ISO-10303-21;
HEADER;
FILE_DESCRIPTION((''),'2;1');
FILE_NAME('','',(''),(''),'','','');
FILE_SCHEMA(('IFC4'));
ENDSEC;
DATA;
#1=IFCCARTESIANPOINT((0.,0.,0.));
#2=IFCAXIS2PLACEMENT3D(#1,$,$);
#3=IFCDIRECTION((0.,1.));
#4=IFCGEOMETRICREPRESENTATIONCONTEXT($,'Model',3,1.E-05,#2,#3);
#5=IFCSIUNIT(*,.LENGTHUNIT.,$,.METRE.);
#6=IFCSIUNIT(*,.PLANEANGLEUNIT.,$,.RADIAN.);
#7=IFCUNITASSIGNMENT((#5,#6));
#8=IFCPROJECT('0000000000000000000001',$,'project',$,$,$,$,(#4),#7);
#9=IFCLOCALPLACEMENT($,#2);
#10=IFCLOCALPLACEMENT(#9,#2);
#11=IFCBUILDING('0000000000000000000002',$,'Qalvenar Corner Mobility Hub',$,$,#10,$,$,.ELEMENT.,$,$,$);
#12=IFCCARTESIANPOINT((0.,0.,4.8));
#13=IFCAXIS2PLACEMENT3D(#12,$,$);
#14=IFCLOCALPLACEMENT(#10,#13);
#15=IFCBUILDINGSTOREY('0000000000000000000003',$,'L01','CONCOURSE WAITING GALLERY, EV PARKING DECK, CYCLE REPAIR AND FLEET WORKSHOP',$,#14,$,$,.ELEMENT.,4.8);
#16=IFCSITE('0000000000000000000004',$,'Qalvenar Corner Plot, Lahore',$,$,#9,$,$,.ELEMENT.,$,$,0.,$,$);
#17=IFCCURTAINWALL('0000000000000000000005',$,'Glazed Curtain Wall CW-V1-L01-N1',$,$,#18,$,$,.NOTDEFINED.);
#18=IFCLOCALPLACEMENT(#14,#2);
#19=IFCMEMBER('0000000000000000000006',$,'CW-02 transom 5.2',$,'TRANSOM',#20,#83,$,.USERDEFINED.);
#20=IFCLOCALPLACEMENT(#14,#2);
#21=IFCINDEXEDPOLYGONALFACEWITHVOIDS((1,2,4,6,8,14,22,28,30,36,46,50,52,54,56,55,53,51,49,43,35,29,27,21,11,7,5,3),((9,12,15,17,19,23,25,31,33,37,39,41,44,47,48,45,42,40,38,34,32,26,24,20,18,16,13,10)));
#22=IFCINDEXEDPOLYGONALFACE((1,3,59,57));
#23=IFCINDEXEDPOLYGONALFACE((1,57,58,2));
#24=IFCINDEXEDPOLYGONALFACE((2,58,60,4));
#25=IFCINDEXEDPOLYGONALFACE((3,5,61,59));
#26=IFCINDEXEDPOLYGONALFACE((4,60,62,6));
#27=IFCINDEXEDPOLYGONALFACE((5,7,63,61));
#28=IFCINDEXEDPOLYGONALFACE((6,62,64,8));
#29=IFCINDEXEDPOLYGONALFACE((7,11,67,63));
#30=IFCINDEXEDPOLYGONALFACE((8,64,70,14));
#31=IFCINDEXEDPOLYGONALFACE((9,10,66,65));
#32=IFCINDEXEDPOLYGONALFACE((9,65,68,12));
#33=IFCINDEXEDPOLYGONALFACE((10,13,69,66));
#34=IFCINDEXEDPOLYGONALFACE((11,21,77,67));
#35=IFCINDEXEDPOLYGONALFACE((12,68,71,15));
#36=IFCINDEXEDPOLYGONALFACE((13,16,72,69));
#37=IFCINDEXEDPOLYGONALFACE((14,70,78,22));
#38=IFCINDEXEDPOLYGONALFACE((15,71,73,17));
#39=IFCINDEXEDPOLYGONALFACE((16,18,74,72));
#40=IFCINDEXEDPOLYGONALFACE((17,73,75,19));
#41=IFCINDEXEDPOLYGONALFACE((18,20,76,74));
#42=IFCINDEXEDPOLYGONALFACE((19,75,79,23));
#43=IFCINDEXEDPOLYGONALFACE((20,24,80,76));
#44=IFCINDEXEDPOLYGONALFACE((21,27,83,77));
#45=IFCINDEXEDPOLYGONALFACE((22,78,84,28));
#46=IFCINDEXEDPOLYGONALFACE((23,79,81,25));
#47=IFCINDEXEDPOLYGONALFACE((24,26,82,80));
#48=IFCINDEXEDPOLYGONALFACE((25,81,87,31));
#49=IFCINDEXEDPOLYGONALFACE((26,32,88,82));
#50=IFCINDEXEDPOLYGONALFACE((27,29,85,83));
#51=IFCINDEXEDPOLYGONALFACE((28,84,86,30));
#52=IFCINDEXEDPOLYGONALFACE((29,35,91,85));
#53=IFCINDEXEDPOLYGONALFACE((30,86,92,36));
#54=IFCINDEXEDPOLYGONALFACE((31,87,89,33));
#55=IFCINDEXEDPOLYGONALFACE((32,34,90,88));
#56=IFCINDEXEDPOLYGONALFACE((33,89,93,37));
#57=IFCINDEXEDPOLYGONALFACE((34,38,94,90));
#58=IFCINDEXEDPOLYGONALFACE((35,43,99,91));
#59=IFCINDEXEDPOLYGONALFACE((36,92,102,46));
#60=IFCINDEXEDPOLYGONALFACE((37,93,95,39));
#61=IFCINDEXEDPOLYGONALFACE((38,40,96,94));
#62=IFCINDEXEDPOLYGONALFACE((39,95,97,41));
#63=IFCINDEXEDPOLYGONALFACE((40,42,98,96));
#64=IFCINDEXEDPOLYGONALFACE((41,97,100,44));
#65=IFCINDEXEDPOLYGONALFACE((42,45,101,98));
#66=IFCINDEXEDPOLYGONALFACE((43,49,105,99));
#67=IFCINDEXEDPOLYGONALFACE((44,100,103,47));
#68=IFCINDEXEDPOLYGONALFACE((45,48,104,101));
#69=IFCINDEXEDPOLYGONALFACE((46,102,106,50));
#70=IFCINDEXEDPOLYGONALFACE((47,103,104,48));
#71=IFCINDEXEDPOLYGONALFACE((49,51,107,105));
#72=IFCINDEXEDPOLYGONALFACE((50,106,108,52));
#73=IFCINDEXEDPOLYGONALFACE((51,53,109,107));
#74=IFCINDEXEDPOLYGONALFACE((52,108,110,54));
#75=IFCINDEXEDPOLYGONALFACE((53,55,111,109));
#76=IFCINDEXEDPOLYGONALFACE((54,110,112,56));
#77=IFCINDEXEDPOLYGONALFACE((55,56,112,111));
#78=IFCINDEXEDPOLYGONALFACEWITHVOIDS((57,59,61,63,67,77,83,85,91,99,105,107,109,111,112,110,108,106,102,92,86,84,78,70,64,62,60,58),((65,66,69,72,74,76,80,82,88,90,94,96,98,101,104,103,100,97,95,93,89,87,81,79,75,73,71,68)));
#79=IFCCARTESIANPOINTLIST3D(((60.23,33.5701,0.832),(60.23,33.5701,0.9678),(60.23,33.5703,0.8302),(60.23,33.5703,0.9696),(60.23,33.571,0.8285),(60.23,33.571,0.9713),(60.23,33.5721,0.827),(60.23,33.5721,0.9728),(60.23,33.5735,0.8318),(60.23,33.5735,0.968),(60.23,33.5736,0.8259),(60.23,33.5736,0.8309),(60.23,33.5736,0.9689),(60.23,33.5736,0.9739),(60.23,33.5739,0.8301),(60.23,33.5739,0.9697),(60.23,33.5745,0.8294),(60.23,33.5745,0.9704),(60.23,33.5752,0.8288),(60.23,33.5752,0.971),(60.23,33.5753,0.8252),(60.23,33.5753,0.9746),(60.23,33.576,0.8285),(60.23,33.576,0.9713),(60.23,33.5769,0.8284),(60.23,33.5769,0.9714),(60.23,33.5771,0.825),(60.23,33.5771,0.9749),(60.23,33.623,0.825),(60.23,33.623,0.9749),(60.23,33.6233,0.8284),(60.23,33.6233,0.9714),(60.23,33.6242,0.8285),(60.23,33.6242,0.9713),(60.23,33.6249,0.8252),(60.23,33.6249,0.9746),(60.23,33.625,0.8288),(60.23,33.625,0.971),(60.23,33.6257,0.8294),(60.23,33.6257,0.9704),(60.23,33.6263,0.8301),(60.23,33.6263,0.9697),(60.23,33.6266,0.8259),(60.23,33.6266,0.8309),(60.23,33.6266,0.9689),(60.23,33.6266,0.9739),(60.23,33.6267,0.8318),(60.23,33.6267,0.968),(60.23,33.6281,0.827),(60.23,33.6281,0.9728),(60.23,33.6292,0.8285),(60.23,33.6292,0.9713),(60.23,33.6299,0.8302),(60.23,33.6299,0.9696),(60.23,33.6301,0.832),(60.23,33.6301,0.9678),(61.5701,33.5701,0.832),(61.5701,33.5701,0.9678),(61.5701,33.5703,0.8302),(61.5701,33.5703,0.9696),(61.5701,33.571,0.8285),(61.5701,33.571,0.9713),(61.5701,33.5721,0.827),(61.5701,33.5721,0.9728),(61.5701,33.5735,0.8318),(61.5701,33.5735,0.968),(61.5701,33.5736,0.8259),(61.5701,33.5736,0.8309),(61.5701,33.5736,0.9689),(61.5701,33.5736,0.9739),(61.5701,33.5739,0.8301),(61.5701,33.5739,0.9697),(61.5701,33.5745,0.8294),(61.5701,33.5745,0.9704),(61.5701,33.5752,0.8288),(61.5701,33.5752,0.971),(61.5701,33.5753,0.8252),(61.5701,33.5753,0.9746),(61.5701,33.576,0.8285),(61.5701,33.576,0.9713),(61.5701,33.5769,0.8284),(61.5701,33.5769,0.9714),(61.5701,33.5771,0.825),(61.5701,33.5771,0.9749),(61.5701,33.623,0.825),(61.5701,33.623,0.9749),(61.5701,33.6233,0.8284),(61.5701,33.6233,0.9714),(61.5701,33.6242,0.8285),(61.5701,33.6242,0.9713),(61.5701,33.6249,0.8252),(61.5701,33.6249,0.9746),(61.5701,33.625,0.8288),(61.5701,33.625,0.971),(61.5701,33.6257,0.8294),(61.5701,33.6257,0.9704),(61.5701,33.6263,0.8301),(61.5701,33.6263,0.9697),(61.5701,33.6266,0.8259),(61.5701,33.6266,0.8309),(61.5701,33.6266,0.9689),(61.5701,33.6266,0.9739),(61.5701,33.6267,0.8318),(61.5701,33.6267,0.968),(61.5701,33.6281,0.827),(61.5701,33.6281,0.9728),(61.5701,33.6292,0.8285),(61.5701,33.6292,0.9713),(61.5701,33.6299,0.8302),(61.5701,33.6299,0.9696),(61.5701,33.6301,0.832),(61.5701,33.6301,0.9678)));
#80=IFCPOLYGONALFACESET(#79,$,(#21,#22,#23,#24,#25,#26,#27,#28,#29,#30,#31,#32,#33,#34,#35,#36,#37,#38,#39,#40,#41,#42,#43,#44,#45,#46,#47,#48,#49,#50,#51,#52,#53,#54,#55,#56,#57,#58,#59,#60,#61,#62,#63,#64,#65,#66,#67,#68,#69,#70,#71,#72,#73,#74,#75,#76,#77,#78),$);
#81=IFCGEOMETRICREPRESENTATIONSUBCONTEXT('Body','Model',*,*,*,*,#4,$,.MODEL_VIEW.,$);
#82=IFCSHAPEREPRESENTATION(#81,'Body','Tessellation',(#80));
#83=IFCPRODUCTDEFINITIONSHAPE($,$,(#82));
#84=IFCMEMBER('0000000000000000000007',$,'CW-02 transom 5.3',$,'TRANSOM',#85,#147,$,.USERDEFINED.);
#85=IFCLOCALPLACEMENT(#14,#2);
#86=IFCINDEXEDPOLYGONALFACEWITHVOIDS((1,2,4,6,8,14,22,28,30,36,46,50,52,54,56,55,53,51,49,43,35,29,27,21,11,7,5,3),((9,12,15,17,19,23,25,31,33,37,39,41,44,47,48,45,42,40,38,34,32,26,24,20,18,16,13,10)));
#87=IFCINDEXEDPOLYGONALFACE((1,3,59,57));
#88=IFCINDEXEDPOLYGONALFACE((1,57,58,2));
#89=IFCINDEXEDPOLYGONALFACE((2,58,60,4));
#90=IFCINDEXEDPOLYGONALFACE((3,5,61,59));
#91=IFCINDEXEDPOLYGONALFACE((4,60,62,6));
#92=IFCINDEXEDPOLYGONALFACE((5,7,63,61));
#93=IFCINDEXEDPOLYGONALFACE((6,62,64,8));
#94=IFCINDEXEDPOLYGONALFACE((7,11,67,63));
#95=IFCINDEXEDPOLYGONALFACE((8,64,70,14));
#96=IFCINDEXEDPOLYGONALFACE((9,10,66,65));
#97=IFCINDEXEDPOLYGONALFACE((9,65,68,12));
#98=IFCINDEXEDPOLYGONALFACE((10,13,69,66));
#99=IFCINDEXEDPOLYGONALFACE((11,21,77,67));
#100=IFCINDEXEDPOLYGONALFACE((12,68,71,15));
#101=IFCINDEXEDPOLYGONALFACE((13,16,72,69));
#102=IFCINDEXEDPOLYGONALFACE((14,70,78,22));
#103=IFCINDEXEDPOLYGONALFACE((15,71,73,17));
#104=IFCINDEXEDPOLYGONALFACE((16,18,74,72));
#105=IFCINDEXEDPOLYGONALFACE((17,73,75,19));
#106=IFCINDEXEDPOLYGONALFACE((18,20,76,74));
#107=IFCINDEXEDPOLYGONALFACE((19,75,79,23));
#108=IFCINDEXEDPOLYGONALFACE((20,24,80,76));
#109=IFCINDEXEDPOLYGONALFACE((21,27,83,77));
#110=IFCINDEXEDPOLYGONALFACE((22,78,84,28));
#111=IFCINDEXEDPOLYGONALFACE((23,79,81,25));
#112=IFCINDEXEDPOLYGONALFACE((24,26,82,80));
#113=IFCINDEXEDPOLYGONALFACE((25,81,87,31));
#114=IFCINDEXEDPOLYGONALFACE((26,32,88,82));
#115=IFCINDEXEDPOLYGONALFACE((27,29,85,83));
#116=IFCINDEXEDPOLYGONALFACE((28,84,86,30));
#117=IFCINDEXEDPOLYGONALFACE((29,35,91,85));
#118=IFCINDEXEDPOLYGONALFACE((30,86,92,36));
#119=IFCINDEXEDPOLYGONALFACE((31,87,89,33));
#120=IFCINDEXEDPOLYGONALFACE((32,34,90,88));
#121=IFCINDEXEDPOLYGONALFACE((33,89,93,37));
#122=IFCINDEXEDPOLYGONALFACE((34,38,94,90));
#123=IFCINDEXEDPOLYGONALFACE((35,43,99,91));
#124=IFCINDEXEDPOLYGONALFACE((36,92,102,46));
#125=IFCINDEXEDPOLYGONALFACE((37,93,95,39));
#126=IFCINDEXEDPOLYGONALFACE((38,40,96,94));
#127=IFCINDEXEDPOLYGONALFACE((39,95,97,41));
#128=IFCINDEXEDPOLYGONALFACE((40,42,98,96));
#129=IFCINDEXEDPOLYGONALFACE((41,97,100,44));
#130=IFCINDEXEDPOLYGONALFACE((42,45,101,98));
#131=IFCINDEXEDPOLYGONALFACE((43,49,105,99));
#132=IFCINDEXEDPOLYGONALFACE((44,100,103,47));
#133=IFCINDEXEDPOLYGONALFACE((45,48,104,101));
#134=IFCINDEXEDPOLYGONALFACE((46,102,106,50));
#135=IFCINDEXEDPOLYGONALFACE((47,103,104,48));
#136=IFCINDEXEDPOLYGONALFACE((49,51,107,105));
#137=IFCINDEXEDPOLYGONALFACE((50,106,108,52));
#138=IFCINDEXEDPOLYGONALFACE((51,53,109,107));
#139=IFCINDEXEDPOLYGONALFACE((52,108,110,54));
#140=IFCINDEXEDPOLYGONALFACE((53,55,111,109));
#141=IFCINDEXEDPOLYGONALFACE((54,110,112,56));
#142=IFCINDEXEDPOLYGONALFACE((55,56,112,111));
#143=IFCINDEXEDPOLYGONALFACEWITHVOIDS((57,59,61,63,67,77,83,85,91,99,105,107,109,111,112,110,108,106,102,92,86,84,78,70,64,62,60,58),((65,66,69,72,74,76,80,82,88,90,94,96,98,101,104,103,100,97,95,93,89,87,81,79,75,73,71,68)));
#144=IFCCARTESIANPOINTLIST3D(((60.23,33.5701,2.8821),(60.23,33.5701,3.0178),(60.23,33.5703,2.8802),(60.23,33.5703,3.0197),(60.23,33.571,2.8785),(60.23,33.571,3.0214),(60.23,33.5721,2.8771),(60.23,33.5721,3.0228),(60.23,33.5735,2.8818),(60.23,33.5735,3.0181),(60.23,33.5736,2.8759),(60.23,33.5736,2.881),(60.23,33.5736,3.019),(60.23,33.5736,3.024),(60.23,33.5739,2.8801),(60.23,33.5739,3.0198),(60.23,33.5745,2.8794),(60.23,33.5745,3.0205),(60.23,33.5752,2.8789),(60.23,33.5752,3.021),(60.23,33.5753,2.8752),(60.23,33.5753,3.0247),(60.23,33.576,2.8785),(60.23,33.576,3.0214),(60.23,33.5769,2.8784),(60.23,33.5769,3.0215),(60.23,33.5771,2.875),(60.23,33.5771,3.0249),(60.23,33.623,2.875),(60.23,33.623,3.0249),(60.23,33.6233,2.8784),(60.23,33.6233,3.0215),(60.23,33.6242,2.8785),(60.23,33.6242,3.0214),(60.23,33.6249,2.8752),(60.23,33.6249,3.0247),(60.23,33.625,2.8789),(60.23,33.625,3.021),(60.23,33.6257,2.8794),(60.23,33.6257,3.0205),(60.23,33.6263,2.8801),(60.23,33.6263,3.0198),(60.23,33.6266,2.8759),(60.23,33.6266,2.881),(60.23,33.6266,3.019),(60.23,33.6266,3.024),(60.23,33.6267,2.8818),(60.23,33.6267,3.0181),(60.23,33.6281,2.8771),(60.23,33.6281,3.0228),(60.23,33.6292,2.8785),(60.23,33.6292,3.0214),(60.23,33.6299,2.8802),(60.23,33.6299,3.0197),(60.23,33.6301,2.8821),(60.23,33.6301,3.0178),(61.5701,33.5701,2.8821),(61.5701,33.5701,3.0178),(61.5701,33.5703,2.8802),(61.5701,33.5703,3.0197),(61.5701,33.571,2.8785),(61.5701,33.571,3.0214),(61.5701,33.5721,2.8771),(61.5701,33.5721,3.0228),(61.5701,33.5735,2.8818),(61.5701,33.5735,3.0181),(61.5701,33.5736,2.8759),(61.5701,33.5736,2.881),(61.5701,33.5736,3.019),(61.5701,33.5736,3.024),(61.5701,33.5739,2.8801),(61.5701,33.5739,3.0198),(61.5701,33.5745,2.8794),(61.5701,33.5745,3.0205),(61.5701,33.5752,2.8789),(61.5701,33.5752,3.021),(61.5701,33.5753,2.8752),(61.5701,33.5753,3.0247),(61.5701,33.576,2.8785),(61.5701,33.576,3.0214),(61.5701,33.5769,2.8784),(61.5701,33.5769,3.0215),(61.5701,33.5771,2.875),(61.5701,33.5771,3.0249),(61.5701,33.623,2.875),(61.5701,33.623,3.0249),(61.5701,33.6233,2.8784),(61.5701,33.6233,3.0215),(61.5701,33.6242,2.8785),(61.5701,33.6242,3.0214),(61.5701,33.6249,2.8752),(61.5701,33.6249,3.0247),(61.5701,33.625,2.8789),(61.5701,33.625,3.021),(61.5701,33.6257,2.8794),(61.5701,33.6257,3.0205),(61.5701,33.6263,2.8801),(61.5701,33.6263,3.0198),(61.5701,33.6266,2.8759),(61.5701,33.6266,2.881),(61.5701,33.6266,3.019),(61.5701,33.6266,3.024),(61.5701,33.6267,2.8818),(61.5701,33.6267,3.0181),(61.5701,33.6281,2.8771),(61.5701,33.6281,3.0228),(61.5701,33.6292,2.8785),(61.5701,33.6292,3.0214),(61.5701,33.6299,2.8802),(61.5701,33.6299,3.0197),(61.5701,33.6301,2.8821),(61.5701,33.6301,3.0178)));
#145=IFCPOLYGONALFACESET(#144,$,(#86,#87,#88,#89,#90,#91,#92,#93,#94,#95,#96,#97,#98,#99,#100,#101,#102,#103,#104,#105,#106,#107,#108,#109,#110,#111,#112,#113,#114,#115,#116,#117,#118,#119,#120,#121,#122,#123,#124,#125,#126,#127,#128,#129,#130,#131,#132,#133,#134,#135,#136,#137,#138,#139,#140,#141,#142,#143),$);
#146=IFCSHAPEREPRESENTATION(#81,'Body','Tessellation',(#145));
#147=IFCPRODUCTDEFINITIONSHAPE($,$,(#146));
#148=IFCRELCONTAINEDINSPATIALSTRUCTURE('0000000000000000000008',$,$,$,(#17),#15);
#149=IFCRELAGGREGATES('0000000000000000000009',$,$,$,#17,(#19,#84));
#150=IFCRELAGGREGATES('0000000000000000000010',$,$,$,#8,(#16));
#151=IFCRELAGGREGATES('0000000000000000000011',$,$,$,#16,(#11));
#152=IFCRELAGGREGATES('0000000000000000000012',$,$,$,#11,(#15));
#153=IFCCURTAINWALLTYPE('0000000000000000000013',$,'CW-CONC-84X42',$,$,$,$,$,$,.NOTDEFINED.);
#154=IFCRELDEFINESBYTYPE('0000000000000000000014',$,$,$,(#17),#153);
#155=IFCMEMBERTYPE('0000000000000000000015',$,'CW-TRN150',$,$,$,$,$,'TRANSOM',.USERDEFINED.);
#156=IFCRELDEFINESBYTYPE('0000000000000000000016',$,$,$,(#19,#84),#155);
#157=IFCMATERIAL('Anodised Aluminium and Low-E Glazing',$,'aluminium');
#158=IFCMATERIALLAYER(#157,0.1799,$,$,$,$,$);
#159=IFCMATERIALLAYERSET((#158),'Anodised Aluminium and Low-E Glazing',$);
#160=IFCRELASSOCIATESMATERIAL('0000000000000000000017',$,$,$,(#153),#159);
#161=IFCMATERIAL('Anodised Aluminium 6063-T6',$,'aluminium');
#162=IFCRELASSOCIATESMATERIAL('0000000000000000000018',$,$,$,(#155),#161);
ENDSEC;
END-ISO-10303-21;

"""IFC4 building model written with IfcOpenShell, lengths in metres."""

from ifc_helpers import new_model, si_unit, direction, frame, origin, origin_2d, place, context, subcontext, project, spatial, hollow_rectangle, extrude, material, layer, layer_set, material_profile, profile_set, type_object, element, aggregate, save


model = new_model("IFC4")

# Units and contexts
model_context = context("Model", 3, precision=1e-05, world=origin(), true_north=direction((0.0, 1.0)))
body_context = subcontext(model_context, "Body", "Model", "MODEL_VIEW")
ifc_project = project(units=[si_unit("LENGTHUNIT", "METRE"), si_unit("PLANEANGLEUNIT", "RADIAN")], contexts=[model_context])

# Site, building, storey
site_placement = place(None, origin())
site = spatial("IfcSite", under=ifc_project, at=site_placement, Name="Qalvenar Corner Plot, Lahore", CompositionType="ELEMENT", RefElevation=0.0)
building_placement = place(site_placement, origin())
building = spatial("IfcBuilding", under=site, at=building_placement, Name="Qalvenar Corner Mobility Hub", CompositionType="ELEMENT")
storey_placement = place(building_placement, frame((0.0, 0.0, 4.8)))
storey = spatial("IfcBuildingStorey", under=building, at=storey_placement, Name="L01", Description="CONCOURSE WAITING GALLERY, EV PARKING DECK, CYCLE REPAIR AND FLEET WORKSHOP", CompositionType="ELEMENT", Elevation=4.8)

# Curtain wall, members
ifc_material_1 = material(Name="Anodised Aluminium and Low-E Glazing", Category="aluminium")
ifc_layer_1 = layer(ifc_material_1, 0.1799)
ifc_layer_set_1 = layer_set([ifc_layer_1], Name="Anodised Aluminium and Low-E Glazing")
curtain_wall_type = type_object("IfcCurtainWallType", Name="CW-CONC-84X42", PredefinedType="NOTDEFINED", material=ifc_layer_set_1)
curtain_wall_placement = place(storey_placement, origin())
curtain_wall = element("IfcCurtainWall", 1, at=curtain_wall_placement, inside=storey, type_object=curtain_wall_type, Name="Glazed Curtain Wall CW-V1-L01-N1", PredefinedType="NOTDEFINED")
ifc_material_2 = material(Name="Anodised Aluminium 6063-T6", Category="aluminium")
ifc_material_profile_1 = material_profile(ifc_material_2, hollow_rectangle(XDim=0.0601, YDim=0.1499, WallThickness=0.0034, InnerFilletRadius=0.0034, OuterFilletRadius=0.0071, at=origin_2d()), Name="RHS150x60x3.5")
ifc_profile_set_1 = profile_set([ifc_material_profile_1], Name="Anodised Aluminium 6063-T6")
member_type_1 = type_object("IfcMemberType", Name="CW-TRN150", ElementType="TRANSOM", PredefinedType="USERDEFINED", material=ifc_profile_set_1)
member_1_placement = place(storey_placement, frame((61.5701, 33.6001, 0.8999), z_axis=(-1.0, 0.0, 0.0), x_axis=(0.0, -1.0, 0.0)))
member_1 = element("IfcMember", 2, at=member_1_placement, type_object=member_type_1, Name="CW-02 transom 5.2", ObjectType="TRANSOM", PredefinedType="USERDEFINED", context=body_context, shape_type="SweptSolid", body=[
    extrude(hollow_rectangle(XDim=0.0601, YDim=0.1499, WallThickness=0.0034, InnerFilletRadius=0.0034, OuterFilletRadius=0.0071, at=origin_2d()), origin(), (0.0, 0.0, 1.0), 1.3401),
])
member_2_placement = place(storey_placement, frame((61.5701, 33.6001, 2.95), z_axis=(-1.0, 0.0, 0.0), x_axis=(0.0, -1.0, 0.0)))
member_2 = element("IfcMember", 3, at=member_2_placement, type_object=member_type_1, Name="CW-02 transom 5.3", ObjectType="TRANSOM", PredefinedType="USERDEFINED", context=body_context, shape_type="SweptSolid", body=[
    extrude(hollow_rectangle(XDim=0.0601, YDim=0.1499, WallThickness=0.0034, InnerFilletRadius=0.0034, OuterFilletRadius=0.0071, at=origin_2d()), origin(), (0.0, 0.0, 1.0), 1.3401),
])
aggregate(curtain_wall, [member_1, member_2])

save(model, "model.ifc")
